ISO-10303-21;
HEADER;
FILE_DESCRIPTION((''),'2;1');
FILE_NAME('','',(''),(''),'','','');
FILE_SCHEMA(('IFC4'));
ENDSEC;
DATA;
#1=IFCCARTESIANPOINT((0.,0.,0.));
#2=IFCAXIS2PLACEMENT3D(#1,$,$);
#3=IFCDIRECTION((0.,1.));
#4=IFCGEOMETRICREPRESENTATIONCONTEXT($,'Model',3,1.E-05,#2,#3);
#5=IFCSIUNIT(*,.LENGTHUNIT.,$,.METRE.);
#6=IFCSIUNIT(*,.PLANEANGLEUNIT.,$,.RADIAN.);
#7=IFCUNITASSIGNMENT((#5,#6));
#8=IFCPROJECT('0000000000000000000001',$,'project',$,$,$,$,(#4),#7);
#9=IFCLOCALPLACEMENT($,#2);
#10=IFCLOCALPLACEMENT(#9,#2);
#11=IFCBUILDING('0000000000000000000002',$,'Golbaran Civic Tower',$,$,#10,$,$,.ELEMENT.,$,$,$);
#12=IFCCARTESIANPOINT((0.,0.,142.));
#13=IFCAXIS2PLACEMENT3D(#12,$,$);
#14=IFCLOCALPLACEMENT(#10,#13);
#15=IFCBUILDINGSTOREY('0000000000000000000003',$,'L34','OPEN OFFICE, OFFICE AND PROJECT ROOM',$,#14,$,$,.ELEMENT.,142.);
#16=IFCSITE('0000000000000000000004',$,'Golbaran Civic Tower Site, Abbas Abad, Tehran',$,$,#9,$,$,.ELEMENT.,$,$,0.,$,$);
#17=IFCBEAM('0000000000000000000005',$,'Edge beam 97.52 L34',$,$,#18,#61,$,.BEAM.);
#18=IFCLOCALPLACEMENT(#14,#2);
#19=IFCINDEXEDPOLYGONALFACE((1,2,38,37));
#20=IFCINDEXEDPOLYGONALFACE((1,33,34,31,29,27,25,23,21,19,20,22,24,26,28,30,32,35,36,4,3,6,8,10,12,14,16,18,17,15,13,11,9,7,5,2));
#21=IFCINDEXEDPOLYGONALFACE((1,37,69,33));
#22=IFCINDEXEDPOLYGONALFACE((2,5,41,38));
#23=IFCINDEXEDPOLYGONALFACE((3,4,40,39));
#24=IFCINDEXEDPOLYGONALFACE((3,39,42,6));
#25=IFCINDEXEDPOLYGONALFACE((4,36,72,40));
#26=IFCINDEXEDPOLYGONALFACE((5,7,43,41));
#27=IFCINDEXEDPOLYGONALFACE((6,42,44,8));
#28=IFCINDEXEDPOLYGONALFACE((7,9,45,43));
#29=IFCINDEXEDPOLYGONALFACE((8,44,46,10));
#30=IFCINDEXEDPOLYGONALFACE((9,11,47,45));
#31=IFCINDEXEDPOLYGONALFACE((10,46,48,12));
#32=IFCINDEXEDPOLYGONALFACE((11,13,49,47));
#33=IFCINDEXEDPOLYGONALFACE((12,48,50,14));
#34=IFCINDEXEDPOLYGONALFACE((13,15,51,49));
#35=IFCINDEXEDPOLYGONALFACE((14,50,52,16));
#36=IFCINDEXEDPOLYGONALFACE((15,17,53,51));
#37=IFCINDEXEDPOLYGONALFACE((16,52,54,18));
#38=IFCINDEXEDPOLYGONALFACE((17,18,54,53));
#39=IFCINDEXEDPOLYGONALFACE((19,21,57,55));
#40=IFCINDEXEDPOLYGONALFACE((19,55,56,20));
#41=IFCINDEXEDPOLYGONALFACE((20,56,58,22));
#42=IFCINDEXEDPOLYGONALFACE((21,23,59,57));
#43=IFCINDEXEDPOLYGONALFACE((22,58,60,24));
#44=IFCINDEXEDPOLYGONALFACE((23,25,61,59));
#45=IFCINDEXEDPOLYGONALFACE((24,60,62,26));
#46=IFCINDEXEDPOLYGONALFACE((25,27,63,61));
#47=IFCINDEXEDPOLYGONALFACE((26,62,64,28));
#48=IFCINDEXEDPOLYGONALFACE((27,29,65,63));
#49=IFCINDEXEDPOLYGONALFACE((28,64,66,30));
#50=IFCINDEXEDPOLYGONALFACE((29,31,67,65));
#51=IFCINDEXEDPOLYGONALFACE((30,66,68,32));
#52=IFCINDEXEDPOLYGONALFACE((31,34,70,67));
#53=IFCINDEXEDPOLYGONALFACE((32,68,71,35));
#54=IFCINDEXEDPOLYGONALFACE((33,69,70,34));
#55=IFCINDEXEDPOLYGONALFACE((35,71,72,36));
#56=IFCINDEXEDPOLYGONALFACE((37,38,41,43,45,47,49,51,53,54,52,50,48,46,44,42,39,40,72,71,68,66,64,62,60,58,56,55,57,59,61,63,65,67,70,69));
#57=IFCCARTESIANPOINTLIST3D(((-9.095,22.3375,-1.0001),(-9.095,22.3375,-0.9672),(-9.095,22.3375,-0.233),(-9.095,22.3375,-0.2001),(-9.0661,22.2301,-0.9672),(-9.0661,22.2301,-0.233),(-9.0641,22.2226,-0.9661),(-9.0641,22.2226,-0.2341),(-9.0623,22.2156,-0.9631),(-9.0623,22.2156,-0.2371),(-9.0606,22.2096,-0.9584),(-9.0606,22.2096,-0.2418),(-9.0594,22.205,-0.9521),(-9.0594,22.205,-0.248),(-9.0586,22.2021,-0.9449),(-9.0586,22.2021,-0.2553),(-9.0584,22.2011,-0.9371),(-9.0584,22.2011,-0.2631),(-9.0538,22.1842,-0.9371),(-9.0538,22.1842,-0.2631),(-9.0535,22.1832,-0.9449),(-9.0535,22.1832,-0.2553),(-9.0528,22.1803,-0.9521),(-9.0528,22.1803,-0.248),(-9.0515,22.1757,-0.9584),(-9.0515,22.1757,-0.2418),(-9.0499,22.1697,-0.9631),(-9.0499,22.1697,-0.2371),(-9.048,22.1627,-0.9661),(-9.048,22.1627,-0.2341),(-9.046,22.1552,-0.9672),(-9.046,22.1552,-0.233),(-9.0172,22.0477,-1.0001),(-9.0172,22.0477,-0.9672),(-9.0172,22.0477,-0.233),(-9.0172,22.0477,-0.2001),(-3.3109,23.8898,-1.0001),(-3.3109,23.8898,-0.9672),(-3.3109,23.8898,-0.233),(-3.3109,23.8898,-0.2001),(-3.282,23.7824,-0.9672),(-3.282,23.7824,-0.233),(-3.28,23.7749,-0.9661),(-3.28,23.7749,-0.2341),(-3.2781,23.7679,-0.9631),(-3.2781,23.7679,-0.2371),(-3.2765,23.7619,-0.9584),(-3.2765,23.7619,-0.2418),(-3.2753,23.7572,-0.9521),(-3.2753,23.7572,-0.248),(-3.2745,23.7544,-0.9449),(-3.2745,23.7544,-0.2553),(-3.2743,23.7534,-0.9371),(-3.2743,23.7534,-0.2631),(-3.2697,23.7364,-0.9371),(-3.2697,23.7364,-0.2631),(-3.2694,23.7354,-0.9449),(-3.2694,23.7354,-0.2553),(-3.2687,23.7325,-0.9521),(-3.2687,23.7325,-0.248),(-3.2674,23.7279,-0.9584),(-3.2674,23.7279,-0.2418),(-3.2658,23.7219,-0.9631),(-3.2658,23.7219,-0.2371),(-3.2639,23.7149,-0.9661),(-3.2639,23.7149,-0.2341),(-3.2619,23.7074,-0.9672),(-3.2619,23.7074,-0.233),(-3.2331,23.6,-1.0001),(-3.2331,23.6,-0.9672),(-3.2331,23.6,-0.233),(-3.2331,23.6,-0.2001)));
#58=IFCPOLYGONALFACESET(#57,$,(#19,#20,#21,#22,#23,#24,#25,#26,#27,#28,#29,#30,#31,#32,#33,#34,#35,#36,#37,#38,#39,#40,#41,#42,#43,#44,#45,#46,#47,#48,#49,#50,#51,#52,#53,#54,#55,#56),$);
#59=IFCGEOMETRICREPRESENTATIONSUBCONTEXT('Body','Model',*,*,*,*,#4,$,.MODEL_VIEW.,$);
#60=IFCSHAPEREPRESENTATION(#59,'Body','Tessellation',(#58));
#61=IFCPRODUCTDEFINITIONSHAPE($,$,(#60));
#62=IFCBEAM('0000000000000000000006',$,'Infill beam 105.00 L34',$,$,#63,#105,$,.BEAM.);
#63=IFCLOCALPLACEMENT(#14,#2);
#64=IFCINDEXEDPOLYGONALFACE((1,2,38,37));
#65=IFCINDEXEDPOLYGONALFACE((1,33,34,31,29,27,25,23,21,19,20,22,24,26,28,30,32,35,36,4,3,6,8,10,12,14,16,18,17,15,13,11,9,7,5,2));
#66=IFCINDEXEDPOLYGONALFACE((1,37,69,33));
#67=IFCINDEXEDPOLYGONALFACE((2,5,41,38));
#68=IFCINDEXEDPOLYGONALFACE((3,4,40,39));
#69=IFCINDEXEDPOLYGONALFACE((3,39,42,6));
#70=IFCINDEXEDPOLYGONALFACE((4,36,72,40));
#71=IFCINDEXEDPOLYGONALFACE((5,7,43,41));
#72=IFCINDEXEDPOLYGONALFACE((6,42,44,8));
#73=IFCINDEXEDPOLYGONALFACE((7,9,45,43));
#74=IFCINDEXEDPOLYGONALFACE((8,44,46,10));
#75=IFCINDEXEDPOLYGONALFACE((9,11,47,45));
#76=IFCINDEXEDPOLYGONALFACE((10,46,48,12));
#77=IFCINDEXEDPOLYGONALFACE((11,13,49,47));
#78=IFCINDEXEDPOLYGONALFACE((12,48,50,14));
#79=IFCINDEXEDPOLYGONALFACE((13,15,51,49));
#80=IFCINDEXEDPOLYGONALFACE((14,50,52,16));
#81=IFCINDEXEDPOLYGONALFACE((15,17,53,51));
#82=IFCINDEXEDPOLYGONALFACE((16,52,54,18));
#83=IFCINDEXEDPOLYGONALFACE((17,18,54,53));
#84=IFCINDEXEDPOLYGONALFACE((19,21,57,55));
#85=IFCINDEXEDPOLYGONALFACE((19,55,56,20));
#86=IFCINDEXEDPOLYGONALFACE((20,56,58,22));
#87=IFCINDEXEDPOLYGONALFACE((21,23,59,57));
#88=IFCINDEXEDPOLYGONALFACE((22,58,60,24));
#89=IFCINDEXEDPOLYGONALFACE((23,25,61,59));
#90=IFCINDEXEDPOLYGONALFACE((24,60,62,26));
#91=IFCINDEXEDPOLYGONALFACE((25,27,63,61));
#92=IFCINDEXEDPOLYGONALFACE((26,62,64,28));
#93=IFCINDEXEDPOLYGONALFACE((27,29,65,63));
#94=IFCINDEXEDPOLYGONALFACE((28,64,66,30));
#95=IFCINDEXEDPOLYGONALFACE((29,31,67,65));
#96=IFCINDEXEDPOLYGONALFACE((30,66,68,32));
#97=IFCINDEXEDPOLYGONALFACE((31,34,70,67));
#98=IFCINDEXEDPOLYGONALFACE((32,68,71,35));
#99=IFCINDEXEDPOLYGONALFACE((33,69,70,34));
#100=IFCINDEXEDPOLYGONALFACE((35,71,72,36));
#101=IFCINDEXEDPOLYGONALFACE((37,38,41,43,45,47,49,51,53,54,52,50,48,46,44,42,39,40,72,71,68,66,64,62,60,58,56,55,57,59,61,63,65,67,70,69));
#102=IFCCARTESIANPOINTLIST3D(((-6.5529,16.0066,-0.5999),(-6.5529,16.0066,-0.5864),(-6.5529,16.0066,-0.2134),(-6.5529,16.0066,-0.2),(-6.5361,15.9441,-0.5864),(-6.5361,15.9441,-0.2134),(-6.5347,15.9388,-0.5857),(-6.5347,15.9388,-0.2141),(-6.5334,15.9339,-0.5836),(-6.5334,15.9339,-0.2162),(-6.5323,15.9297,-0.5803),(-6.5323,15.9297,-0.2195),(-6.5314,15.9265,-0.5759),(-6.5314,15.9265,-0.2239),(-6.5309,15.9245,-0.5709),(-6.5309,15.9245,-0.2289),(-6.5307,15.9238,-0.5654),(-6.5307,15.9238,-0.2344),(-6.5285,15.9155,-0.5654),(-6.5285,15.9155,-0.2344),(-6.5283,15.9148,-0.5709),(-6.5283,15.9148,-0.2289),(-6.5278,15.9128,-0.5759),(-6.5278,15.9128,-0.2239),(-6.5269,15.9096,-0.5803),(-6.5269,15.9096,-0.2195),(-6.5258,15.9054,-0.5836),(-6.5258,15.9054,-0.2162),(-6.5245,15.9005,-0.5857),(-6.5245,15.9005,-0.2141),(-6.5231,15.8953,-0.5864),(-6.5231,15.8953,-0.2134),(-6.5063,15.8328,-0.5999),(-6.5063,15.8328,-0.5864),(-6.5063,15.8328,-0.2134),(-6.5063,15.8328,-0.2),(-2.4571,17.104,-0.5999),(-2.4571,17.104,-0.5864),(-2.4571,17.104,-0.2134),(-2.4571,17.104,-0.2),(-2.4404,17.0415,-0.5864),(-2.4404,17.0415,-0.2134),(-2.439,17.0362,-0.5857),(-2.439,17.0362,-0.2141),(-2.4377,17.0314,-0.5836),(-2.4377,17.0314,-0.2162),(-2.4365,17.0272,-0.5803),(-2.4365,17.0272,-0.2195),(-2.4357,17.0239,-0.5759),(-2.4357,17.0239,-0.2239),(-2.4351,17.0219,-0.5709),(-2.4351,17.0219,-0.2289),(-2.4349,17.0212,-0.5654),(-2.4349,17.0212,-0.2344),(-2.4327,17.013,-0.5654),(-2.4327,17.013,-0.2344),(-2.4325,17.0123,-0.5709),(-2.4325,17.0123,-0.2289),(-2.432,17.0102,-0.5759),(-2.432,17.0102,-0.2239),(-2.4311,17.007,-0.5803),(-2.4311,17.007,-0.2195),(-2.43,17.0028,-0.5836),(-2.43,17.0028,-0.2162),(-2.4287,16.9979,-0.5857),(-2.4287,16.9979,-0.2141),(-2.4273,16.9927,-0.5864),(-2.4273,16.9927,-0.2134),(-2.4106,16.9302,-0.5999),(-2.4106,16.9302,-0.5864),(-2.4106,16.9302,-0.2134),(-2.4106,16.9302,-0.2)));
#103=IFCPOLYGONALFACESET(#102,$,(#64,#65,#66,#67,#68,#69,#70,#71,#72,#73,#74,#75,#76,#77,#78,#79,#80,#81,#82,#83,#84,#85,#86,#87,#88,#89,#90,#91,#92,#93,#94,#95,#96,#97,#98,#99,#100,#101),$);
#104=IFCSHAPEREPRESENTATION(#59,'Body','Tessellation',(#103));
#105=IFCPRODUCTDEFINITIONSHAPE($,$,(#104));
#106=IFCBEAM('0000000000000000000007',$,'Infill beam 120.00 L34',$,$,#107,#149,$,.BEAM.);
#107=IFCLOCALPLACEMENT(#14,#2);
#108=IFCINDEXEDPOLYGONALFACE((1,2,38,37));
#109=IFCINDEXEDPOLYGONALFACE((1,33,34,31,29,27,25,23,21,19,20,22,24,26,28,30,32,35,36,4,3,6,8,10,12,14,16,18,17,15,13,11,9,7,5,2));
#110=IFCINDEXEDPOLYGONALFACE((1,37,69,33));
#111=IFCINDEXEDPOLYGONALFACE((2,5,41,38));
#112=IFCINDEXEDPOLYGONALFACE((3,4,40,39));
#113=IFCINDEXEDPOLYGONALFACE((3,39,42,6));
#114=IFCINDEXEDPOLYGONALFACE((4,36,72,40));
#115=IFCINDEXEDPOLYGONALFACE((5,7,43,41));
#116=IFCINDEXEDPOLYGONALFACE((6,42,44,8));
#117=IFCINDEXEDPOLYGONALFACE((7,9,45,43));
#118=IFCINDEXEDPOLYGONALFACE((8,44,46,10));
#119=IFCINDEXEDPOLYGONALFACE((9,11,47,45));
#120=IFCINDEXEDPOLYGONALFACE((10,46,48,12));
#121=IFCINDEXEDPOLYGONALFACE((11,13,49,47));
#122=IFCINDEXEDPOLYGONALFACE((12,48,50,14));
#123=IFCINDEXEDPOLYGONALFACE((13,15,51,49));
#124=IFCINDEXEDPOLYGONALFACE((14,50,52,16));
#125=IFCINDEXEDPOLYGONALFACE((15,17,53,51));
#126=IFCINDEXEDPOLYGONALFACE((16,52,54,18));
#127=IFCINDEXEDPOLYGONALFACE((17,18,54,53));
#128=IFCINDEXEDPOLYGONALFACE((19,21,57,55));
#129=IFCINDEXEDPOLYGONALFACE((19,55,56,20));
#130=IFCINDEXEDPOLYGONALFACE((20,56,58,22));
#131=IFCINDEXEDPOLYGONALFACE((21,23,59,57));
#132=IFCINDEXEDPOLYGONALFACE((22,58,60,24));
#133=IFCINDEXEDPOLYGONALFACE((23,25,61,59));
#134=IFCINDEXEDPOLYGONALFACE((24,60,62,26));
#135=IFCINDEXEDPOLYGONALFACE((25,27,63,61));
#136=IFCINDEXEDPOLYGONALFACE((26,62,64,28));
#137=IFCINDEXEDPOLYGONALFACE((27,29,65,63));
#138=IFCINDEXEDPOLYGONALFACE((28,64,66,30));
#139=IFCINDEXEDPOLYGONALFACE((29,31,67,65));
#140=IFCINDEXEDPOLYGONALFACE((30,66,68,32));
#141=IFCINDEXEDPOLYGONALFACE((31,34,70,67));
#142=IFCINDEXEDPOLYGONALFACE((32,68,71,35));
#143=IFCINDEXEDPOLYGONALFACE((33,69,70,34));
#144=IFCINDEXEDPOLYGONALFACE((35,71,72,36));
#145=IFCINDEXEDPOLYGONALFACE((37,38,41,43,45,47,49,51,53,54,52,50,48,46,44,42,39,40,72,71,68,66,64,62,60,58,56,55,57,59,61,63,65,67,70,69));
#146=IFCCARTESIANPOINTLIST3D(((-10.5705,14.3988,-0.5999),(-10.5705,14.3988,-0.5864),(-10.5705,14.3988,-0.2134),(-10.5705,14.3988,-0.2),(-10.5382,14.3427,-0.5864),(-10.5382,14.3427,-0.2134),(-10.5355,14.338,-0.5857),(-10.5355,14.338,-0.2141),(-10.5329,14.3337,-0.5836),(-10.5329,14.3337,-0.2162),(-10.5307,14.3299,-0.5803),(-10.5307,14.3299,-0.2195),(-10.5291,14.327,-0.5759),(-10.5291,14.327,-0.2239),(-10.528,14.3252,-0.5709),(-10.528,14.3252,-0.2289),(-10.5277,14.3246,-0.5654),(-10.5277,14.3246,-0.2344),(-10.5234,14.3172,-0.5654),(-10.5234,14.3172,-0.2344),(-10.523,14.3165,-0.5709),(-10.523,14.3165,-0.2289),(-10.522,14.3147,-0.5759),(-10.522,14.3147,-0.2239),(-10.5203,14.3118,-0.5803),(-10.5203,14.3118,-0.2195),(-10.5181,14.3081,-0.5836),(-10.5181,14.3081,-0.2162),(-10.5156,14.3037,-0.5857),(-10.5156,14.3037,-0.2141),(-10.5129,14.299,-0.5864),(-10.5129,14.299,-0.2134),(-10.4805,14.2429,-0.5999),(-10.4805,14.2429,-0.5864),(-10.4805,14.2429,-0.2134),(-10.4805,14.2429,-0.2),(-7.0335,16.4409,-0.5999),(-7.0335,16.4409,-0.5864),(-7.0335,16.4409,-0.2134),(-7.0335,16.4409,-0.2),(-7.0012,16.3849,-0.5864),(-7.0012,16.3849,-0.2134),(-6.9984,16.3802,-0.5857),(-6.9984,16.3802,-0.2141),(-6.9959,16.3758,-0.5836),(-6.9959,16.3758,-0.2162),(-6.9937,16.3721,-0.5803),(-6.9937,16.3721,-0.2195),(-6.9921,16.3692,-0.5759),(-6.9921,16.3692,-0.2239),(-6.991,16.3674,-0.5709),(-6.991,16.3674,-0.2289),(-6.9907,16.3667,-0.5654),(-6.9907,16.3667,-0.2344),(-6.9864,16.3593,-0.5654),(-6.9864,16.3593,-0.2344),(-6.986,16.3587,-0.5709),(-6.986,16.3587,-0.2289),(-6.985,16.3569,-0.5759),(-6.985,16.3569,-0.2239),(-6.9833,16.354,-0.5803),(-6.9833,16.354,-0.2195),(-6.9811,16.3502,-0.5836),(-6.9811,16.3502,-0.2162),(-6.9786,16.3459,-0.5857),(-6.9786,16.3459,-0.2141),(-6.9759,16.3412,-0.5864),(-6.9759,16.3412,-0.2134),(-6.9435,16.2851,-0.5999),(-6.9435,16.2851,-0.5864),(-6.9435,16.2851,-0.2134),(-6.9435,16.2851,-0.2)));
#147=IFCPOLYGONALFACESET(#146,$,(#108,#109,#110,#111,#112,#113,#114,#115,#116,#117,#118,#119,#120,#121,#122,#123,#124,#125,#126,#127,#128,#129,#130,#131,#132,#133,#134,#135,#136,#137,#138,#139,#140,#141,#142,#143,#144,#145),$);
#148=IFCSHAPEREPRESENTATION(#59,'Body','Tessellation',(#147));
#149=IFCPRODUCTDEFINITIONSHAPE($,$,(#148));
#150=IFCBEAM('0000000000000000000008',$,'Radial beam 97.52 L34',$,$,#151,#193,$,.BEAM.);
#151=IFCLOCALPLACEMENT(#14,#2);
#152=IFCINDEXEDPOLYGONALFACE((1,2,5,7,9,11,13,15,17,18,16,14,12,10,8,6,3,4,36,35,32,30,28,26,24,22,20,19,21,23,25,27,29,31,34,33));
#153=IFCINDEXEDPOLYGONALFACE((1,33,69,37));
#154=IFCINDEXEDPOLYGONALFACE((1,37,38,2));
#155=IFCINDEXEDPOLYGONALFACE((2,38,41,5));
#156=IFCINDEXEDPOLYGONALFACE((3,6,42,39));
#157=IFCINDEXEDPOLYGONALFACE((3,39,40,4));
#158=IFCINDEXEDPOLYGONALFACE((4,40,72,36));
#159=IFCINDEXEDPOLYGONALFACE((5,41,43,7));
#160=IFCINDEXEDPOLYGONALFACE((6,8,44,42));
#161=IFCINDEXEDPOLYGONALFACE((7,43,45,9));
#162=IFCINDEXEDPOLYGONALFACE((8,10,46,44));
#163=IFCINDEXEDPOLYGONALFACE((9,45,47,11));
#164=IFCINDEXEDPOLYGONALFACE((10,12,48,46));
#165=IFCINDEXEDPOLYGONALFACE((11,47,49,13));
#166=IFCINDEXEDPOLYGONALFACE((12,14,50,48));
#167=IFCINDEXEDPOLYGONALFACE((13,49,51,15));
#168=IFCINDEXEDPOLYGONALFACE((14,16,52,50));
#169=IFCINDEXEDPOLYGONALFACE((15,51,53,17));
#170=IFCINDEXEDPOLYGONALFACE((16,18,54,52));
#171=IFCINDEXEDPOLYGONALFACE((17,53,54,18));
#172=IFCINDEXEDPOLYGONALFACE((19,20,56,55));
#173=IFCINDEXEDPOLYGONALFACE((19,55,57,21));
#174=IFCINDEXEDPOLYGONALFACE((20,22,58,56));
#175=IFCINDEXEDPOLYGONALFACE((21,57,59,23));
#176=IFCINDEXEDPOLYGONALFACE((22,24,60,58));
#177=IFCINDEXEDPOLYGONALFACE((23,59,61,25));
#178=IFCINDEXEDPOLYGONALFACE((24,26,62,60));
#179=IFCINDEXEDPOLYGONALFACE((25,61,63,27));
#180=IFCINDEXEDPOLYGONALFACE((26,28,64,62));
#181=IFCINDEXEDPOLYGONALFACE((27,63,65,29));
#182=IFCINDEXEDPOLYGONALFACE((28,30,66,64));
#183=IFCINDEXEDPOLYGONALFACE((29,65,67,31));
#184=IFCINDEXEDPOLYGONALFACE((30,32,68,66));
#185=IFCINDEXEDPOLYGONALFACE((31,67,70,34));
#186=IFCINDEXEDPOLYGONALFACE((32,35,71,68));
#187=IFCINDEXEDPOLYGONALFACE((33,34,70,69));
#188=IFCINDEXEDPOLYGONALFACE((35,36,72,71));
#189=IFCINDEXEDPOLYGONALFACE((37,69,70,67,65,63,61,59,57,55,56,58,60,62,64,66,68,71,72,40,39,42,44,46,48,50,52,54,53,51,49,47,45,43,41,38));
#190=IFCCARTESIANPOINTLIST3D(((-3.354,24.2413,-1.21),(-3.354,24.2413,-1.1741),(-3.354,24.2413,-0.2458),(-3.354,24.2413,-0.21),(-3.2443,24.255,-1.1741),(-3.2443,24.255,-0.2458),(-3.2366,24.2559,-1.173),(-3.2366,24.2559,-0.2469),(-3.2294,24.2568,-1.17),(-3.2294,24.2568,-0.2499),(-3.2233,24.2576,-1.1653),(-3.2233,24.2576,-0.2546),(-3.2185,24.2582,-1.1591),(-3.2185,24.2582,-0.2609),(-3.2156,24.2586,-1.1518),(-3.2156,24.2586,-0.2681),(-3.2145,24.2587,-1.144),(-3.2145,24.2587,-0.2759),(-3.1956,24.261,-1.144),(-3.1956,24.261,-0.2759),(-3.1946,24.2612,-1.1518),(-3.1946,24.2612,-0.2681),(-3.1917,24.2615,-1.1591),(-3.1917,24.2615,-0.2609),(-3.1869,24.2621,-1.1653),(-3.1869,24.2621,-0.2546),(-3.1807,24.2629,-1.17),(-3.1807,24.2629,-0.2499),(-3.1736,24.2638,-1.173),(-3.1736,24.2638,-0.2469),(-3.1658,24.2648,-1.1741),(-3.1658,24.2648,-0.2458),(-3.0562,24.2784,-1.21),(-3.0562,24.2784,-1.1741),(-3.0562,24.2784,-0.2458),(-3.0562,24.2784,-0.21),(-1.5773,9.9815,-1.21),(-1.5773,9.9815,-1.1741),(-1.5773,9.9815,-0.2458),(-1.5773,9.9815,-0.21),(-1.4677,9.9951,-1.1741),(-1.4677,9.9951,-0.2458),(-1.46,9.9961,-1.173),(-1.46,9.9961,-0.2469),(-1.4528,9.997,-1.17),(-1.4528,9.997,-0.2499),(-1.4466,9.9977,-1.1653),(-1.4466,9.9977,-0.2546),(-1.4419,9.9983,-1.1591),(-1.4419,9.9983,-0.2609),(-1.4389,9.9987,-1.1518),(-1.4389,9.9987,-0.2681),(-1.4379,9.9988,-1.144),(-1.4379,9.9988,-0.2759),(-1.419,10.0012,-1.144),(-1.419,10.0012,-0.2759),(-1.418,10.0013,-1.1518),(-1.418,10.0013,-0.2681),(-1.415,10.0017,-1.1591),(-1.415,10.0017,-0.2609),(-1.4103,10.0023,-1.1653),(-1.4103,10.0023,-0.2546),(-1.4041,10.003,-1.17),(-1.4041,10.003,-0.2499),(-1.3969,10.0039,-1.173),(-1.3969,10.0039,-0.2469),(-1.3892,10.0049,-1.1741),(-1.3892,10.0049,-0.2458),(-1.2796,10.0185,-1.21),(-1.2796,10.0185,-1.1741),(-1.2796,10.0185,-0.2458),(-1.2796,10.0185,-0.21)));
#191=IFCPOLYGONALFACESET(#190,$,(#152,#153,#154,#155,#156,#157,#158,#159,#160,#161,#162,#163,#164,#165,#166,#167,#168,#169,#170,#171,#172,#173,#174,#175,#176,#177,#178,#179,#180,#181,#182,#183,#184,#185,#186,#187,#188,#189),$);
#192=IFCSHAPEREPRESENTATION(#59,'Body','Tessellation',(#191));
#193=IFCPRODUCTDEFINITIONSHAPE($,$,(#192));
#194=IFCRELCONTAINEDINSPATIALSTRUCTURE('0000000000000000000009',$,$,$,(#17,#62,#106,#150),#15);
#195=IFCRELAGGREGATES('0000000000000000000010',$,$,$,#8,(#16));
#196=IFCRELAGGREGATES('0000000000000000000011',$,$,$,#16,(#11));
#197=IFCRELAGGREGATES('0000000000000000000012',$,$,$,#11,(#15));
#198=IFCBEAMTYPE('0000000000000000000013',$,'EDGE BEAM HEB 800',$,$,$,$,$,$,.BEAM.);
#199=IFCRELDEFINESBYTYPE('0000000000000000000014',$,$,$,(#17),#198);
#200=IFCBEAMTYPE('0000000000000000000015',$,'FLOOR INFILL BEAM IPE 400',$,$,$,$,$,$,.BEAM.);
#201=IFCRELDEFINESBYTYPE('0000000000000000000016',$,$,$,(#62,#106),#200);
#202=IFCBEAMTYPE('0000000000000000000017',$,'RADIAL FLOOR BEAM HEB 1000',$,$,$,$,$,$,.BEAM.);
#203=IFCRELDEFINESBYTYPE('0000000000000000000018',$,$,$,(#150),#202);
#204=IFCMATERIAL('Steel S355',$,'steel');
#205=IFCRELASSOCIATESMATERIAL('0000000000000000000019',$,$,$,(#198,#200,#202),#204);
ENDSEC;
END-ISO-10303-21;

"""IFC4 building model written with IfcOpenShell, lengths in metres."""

from ifc_helpers import new_model, si_unit, direction, frame, origin, origin_2d, place, context, subcontext, project, spatial, i_section, extrude, material, material_profile, profile_set, type_object, element, save


model = new_model("IFC4")

# Units and contexts
model_context = context("Model", 3, precision=1e-05, world=origin(), true_north=direction((0.0, 1.0)))
body_context = subcontext(model_context, "Body", "Model", "MODEL_VIEW")
ifc_project = project(units=[si_unit("LENGTHUNIT", "METRE"), si_unit("PLANEANGLEUNIT", "RADIAN")], contexts=[model_context])

# Site, building, storey
site_placement = place(None, origin())
site = spatial("IfcSite", under=ifc_project, at=site_placement, Name="Golbaran Civic Tower Site, Abbas Abad, Tehran", CompositionType="ELEMENT", RefElevation=0.0)
building_placement = place(site_placement, origin())
building = spatial("IfcBuilding", under=site, at=building_placement, Name="Golbaran Civic Tower", CompositionType="ELEMENT")
storey_placement = place(building_placement, frame((0.0, 0.0, 142.0)))
storey = spatial("IfcBuildingStorey", under=building, at=storey_placement, Name="L34", Description="OPEN OFFICE, OFFICE AND PROJECT ROOM", CompositionType="ELEMENT", Elevation=142.0)

# Beams
ifc_material_1 = material(Name="Steel S355", Category="steel")
ifc_material_profile_1 = material_profile(ifc_material_1, i_section(OverallWidth=0.3, OverallDepth=0.8, WebThickness=0.0176, FlangeThickness=0.033, FilletRadius=0.03, at=origin_2d()), Name="HEB 800")
ifc_profile_set_1 = profile_set([ifc_material_profile_1], Name="Steel S355")
beam_type_1 = type_object("IfcBeamType", Name="EDGE BEAM HEB 800", PredefinedType="BEAM", material=ifc_profile_set_1)
beam_1_placement = place(storey_placement, frame((-3.272, 23.7449, -0.6001), z_axis=(-0.965826, -0.25919, 0.0), x_axis=(0.25919, -0.965826, 0.0)))
element("IfcBeam", 1, at=beam_1_placement, inside=storey, type_object=beam_type_1, Name="Edge beam 97.52 L34", PredefinedType="BEAM", context=body_context, shape_type="SweptSolid", body=[
    extrude(i_section(OverallWidth=0.3, OverallDepth=0.8, WebThickness=0.0176, FlangeThickness=0.033, FilletRadius=0.03, at=origin_2d()), origin(), (0.0, 0.0, 1.0), 5.9888),
])
ifc_material_profile_2 = material_profile(ifc_material_1, i_section(OverallWidth=0.1799, OverallDepth=0.3999, WebThickness=0.0085, FlangeThickness=0.0134, FilletRadius=0.021, at=origin_2d()), Name="IPE 400")
ifc_profile_set_2 = profile_set([ifc_material_profile_2], Name="Steel S355")
beam_type_2 = type_object("IfcBeamType", Name="FLOOR INFILL BEAM IPE 400", PredefinedType="BEAM", material=ifc_profile_set_2)
beam_2_placement = place(storey_placement, frame((-2.4338, 17.0171, -0.3999), z_axis=(-0.965927, -0.258813, 0.0), x_axis=(0.258813, -0.965927, 0.0)))
element("IfcBeam", 2, at=beam_2_placement, inside=storey, type_object=beam_type_2, Name="Infill beam 105.00 L34", PredefinedType="BEAM", context=body_context, shape_type="SweptSolid", body=[
    extrude(i_section(OverallWidth=0.1799, OverallDepth=0.3999, WebThickness=0.0085, FlangeThickness=0.0134, FilletRadius=0.021, at=origin_2d()), origin(), (0.0, 0.0, 1.0), 4.2402),
])
beam_3_placement = place(storey_placement, frame((-6.9885, 16.363, -0.3999), z_axis=(-0.866016, -0.500016, 0.0), x_axis=(0.500016, -0.866016, 0.0)))
element("IfcBeam", 3, at=beam_3_placement, inside=storey, type_object=beam_type_2, Name="Infill beam 120.00 L34", PredefinedType="BEAM", context=body_context, shape_type="SweptSolid", body=[
    extrude(i_section(OverallWidth=0.1799, OverallDepth=0.3999, WebThickness=0.0085, FlangeThickness=0.0134, FilletRadius=0.021, at=origin_2d()), origin(), (0.0, 0.0, 1.0), 4.0842),
])
ifc_material_profile_3 = material_profile(ifc_material_1, i_section(OverallWidth=0.3, OverallDepth=1.0, WebThickness=0.019, FlangeThickness=0.0359, FilletRadius=0.03, at=origin_2d()), Name="HEB 1000")
ifc_profile_set_3 = profile_set([ifc_material_profile_3], Name="Steel S355")
beam_type_3 = type_object("IfcBeamType", Name="RADIAL FLOOR BEAM HEB 1000", PredefinedType="BEAM", material=ifc_profile_set_3)
beam_4_placement = place(storey_placement, frame((-1.4285, 10.0, -0.71), z_axis=(-0.123633, 0.992328, 0.0), x_axis=(-0.992328, -0.123633, 0.0)))
element("IfcBeam", 4, at=beam_4_placement, inside=storey, type_object=beam_type_3, Name="Radial beam 97.52 L34", PredefinedType="BEAM", context=body_context, shape_type="SweptSolid", body=[
    extrude(i_section(OverallWidth=0.3, OverallDepth=1.0, WebThickness=0.019, FlangeThickness=0.0359, FilletRadius=0.03, at=origin_2d()), origin(), (0.0, 0.0, 1.0), 14.3701),
])

save(model, "model.ifc")
